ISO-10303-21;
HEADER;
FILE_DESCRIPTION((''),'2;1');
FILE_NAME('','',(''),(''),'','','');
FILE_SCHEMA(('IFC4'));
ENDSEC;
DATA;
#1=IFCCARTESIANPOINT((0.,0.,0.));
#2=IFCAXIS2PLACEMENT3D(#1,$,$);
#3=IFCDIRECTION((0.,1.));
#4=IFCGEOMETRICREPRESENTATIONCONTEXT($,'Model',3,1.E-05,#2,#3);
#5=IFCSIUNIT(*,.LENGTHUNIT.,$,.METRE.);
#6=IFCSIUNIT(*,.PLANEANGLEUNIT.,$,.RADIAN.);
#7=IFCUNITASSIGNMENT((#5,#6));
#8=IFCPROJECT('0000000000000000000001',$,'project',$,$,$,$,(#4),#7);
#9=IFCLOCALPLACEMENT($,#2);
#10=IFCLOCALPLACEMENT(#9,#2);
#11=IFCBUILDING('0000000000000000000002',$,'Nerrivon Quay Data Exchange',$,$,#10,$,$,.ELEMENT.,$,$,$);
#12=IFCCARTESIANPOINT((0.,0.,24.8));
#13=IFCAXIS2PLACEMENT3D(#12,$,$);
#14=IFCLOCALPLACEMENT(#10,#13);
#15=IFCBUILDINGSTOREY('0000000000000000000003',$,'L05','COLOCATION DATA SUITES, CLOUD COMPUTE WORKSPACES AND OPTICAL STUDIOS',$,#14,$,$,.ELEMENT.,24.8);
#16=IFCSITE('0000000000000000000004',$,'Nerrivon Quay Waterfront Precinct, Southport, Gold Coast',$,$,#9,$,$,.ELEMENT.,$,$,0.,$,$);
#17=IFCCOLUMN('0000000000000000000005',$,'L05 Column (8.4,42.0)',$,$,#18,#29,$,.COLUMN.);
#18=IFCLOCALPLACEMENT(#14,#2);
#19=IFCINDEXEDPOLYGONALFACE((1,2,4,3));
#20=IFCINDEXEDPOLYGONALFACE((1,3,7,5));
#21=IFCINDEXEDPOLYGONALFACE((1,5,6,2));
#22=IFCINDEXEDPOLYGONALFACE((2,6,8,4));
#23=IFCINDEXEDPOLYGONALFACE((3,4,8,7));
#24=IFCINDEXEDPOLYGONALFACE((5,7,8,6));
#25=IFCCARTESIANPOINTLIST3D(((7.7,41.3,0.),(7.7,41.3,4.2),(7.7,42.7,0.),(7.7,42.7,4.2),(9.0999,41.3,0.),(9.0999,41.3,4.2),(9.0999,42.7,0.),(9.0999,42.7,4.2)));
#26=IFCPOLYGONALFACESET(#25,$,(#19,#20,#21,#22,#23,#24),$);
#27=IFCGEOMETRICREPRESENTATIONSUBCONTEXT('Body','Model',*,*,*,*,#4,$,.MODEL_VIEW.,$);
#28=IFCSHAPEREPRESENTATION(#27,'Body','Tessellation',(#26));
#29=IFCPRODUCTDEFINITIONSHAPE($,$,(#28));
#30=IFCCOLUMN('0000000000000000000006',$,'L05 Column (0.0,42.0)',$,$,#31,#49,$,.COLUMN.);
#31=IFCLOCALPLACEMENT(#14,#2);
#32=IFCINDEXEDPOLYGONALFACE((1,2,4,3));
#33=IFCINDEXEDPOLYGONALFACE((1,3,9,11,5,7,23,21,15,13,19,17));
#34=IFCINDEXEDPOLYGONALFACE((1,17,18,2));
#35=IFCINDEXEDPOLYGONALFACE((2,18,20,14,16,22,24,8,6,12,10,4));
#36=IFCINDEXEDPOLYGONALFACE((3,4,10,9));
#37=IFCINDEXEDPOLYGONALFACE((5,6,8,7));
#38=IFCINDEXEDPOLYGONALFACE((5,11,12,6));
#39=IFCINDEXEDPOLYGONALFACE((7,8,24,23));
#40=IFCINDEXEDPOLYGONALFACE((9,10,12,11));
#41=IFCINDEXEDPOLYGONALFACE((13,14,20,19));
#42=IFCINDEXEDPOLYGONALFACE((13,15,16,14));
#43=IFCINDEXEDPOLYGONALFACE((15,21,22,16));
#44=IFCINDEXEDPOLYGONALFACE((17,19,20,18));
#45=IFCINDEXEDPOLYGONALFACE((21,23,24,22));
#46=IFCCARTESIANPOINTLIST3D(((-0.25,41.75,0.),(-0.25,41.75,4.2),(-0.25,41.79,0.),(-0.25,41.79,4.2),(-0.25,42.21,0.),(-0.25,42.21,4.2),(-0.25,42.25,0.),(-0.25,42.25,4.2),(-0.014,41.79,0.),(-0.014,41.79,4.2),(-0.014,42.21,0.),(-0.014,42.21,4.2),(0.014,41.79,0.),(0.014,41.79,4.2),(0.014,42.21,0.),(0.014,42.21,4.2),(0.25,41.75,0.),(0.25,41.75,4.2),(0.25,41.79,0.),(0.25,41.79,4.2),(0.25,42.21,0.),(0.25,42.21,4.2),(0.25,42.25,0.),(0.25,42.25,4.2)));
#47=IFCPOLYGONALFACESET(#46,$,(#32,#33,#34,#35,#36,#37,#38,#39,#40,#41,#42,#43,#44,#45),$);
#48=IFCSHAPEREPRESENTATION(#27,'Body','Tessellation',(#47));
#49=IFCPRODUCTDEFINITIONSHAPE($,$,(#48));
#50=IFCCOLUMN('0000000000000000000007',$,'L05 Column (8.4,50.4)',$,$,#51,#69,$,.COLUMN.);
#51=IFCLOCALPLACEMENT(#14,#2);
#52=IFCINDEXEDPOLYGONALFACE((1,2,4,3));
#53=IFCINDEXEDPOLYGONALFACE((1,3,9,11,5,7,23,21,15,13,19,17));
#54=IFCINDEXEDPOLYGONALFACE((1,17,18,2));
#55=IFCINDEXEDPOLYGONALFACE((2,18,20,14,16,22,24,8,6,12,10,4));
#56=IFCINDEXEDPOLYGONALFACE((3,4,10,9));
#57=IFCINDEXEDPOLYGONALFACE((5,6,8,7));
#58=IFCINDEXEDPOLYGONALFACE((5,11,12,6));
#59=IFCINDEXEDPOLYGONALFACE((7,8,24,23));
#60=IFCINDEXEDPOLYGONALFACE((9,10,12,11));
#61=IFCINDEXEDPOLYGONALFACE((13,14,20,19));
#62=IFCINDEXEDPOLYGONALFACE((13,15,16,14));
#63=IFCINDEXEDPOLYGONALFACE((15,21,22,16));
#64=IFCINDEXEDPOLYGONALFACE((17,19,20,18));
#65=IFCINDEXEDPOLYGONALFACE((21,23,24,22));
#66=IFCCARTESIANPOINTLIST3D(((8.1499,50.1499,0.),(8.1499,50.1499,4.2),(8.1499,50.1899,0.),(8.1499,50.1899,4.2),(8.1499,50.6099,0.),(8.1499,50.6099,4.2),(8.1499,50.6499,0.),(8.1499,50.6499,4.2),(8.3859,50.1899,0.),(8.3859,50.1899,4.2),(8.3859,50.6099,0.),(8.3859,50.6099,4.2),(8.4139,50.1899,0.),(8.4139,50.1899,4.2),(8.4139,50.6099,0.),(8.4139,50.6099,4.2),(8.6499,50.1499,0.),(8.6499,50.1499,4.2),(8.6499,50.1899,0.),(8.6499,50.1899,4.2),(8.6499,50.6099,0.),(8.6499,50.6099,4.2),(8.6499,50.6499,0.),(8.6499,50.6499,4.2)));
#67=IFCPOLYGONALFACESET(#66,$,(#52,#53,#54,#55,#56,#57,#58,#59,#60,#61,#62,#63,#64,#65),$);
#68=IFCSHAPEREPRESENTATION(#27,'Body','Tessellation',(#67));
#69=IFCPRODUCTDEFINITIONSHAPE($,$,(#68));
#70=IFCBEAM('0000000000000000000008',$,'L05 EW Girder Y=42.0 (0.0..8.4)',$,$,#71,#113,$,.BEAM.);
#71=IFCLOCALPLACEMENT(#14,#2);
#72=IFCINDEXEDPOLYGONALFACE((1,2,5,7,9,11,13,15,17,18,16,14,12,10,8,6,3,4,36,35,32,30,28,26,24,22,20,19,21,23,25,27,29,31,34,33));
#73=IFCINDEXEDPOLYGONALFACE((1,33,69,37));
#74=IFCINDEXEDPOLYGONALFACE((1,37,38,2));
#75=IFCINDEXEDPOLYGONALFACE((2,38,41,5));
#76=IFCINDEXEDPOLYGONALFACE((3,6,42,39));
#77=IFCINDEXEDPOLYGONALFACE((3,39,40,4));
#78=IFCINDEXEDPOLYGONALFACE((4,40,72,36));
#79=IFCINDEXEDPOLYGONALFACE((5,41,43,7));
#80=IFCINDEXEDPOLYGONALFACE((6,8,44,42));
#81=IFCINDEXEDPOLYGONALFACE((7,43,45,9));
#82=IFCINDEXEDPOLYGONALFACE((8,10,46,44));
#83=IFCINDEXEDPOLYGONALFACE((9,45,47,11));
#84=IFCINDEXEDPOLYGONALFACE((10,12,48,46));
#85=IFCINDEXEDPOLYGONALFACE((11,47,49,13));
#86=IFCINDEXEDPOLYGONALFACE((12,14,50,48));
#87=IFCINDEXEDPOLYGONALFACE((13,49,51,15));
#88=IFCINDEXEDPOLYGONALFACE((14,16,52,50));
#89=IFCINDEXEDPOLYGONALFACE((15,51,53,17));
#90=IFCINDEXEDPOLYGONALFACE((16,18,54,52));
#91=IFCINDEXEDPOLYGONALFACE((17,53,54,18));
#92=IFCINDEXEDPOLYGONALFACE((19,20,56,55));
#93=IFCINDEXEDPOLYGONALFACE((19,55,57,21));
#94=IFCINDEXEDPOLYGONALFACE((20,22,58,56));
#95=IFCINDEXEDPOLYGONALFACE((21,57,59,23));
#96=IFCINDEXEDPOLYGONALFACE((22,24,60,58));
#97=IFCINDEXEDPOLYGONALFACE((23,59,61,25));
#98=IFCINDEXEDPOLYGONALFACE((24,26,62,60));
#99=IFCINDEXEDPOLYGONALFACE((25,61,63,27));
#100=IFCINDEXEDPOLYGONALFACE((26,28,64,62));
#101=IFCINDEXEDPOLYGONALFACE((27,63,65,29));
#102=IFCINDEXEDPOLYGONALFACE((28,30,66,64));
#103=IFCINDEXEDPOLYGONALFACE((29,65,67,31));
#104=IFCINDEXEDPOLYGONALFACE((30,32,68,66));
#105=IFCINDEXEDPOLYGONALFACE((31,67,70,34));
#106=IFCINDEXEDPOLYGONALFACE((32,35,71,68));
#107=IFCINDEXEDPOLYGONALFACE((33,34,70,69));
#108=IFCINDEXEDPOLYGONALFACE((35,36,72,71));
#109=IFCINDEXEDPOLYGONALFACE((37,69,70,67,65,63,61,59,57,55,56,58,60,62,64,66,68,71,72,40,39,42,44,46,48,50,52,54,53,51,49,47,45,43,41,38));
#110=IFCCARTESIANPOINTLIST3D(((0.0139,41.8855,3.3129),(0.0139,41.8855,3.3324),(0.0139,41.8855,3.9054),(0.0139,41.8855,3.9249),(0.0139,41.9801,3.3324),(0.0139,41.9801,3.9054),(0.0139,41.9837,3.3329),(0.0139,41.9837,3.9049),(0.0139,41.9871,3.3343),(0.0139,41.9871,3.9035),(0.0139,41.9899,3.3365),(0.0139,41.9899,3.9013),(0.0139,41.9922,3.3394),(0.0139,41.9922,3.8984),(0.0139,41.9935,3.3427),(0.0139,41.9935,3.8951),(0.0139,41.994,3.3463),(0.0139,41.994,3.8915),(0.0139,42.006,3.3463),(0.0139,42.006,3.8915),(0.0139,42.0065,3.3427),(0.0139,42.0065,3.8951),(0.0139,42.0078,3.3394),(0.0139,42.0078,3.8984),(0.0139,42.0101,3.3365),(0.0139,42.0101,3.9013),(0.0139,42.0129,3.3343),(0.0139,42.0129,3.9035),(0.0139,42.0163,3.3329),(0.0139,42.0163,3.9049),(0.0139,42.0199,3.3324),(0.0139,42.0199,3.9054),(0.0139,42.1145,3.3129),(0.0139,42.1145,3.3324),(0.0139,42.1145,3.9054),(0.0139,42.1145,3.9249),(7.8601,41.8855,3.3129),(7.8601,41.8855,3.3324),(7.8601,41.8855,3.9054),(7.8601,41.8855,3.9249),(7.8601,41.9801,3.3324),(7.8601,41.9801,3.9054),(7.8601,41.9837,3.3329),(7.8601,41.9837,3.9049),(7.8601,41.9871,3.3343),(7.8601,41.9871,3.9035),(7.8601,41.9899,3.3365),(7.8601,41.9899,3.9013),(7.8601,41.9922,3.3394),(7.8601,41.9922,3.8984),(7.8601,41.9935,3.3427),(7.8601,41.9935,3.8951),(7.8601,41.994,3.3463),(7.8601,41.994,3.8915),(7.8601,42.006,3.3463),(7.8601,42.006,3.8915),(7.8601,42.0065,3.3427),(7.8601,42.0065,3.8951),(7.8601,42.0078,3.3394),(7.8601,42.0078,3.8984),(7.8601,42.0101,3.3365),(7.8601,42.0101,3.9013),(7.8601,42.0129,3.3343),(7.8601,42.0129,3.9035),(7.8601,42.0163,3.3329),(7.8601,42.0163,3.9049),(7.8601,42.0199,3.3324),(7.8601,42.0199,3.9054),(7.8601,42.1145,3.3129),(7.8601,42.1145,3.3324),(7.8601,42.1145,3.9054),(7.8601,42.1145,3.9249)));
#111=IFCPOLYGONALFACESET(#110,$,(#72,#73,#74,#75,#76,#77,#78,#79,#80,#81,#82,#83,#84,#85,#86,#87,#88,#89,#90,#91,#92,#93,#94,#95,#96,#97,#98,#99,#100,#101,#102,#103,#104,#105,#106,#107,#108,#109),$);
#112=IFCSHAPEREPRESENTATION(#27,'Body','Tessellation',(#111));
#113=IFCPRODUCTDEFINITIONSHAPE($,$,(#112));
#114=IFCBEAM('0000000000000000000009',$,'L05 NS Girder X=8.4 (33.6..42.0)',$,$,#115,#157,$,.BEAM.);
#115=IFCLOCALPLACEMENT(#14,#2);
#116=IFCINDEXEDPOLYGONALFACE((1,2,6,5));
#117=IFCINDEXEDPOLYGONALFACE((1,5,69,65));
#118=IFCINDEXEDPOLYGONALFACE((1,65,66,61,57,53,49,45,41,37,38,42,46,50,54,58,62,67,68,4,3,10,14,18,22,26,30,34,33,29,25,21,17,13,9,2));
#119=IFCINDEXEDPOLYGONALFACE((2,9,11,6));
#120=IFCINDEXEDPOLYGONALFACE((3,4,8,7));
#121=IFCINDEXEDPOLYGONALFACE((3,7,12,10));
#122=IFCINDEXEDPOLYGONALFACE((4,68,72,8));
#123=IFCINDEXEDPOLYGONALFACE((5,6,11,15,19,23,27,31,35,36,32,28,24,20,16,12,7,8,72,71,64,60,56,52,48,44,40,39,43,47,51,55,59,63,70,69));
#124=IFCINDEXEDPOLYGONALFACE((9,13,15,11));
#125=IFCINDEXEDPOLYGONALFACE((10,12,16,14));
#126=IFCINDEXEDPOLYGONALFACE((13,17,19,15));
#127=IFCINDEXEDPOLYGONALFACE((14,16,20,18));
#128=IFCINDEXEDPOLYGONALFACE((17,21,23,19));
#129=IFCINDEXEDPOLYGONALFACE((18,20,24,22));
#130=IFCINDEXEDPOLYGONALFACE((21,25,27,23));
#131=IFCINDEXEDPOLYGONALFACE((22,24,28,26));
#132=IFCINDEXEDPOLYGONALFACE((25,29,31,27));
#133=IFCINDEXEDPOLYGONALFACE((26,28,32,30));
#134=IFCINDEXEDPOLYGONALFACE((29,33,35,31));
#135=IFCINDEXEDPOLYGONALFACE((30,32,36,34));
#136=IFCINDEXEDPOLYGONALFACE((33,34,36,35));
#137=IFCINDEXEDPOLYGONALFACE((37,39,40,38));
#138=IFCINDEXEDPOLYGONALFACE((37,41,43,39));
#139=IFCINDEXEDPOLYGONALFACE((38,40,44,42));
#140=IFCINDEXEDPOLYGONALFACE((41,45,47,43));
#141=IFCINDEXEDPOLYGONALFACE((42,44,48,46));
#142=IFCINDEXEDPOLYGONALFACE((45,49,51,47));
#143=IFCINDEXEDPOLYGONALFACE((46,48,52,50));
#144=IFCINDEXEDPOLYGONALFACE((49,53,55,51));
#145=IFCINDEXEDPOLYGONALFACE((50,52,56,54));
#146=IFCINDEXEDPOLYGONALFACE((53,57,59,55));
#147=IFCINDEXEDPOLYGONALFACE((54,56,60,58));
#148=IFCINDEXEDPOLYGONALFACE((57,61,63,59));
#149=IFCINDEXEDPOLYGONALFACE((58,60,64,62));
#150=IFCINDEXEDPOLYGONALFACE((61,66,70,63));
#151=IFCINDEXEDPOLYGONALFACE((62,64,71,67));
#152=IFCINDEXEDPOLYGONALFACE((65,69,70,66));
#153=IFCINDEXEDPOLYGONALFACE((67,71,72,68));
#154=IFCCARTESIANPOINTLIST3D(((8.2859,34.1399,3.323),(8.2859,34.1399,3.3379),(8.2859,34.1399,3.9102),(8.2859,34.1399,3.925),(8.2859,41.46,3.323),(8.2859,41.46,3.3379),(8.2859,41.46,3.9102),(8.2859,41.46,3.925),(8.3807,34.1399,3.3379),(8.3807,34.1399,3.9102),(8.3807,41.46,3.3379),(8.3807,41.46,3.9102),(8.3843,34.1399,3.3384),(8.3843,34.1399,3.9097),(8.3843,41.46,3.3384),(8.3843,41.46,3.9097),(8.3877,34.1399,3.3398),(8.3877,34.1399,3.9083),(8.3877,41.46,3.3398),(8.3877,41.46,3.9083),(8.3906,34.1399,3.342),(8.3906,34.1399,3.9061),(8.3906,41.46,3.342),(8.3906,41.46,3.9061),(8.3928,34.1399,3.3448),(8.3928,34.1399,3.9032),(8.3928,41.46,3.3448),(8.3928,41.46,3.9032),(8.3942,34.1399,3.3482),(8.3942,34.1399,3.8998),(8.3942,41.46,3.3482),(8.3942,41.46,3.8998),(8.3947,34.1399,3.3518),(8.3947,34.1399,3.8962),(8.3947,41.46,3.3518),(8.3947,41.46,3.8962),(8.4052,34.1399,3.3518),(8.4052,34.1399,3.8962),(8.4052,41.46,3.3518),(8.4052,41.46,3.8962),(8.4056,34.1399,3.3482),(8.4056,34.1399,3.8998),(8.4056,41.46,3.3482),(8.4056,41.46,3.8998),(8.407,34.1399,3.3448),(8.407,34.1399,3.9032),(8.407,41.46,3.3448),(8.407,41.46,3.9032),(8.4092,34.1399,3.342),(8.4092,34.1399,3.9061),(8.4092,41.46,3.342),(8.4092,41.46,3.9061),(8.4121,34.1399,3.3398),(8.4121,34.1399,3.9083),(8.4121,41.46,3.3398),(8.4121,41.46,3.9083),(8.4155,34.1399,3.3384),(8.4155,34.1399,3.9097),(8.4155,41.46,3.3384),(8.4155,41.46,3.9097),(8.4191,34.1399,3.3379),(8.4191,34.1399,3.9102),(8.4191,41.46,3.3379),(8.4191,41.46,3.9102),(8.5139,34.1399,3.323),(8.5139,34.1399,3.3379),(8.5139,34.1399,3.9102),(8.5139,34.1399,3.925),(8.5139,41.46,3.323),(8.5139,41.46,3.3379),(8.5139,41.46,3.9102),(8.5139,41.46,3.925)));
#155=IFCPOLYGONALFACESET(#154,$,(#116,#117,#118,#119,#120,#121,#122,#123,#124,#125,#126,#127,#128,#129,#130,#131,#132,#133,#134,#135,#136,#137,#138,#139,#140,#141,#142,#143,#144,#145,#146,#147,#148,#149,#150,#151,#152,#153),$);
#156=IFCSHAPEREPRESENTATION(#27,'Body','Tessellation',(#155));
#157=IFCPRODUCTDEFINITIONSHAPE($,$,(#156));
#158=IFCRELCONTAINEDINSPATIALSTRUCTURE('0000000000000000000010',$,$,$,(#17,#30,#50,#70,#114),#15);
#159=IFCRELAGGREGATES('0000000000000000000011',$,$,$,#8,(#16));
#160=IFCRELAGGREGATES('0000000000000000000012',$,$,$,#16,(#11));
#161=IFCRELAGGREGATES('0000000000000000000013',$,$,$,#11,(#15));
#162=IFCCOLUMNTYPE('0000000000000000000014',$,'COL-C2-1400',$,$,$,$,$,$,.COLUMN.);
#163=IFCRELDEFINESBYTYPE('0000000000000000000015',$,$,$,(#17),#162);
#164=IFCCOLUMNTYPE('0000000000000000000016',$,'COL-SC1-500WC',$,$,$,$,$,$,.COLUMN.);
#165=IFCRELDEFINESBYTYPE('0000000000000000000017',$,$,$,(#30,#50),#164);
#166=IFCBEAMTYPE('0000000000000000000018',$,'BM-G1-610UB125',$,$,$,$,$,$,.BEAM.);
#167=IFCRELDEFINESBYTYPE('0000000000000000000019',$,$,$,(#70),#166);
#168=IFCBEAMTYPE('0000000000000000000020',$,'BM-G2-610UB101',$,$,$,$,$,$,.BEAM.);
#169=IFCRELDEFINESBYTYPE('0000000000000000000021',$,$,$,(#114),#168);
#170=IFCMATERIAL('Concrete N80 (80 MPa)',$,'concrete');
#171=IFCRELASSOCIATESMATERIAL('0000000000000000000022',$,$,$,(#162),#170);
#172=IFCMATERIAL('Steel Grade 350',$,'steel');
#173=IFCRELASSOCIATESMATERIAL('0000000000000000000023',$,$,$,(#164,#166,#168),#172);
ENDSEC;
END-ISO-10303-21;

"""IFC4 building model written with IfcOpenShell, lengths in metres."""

from ifc_helpers import new_model, si_unit, direction, frame, origin, origin_2d, place, context, subcontext, project, spatial, rectangle, i_section, extrude, material, material_profile, profile_set, type_object, element, save


model = new_model("IFC4")

# Units and contexts
model_context = context("Model", 3, precision=1e-05, world=origin(), true_north=direction((0.0, 1.0)))
body_context = subcontext(model_context, "Body", "Model", "MODEL_VIEW")
ifc_project = project(units=[si_unit("LENGTHUNIT", "METRE"), si_unit("PLANEANGLEUNIT", "RADIAN")], contexts=[model_context])

# Site, building, storey
site_placement = place(None, origin())
site = spatial("IfcSite", under=ifc_project, at=site_placement, Name="Nerrivon Quay Waterfront Precinct, Southport, Gold Coast", CompositionType="ELEMENT", RefElevation=0.0)
building_placement = place(site_placement, origin())
building = spatial("IfcBuilding", under=site, at=building_placement, Name="Nerrivon Quay Data Exchange", CompositionType="ELEMENT")
storey_placement = place(building_placement, frame((0.0, 0.0, 24.8)))
storey = spatial("IfcBuildingStorey", under=building, at=storey_placement, Name="L05", Description="COLOCATION DATA SUITES, CLOUD COMPUTE WORKSPACES AND OPTICAL STUDIOS", CompositionType="ELEMENT", Elevation=24.8)

# Columns
ifc_material_1 = material(Name="Concrete N80 (80 MPa)", Category="concrete")
ifc_material_profile_1 = material_profile(ifc_material_1, rectangle(XDim=1.3999, YDim=1.3999, at=origin_2d()), Name="RC-COL-1400x1400")
ifc_profile_set_1 = profile_set([ifc_material_profile_1], Name="Concrete N80 (80 MPa)")
column_type_1 = type_object("IfcColumnType", Name="COL-C2-1400", PredefinedType="COLUMN", material=ifc_profile_set_1)
column_placement = place(storey_placement, frame((8.3999, 42.0, 0.0), z_axis=(0.0, 0.0, 1.0), x_axis=(1.0, 0.0, 0.0)))
element("IfcColumn", 1, at=column_placement, inside=storey, type_object=column_type_1, Name="L05 Column (8.4,42.0)", PredefinedType="COLUMN", context=body_context, shape_type="SweptSolid", body=[
    extrude(rectangle(XDim=1.3999, YDim=1.3999, at=origin_2d()), origin(), (0.0, 0.0, 1.0), 4.2),
])
ifc_material_2 = material(Name="Steel Grade 350", Category="steel")
ifc_material_profile_2 = material_profile(ifc_material_2, i_section(OverallWidth=0.5, OverallDepth=0.5, WebThickness=0.0281, FlangeThickness=0.04, at=origin_2d()), Name="500WC440")
ifc_profile_set_2 = profile_set([ifc_material_profile_2], Name="Steel Grade 350")
column_type_2 = type_object("IfcColumnType", Name="COL-SC1-500WC", PredefinedType="COLUMN", material=ifc_profile_set_2)
for number, where, z_axis, x_axis, name in (
    (2, (0.0, 42.0, 0.0), (0.0, 0.0, 1.0), (1.0, 0.0, 0.0), "L05 Column (0.0,42.0)"),
    (3, (8.3999, 50.3999, 0.0), (0.0, 0.0, 1.0), (1.0, 0.0, 0.0), "L05 Column (8.4,50.4)"),
):
    element("IfcColumn", number, at=place(storey_placement, frame(where, z_axis=z_axis, x_axis=x_axis)), inside=storey, type_object=column_type_2, Name=name, PredefinedType="COLUMN", context=body_context, shape_type="SweptSolid", body=[
        extrude(i_section(OverallWidth=0.5, OverallDepth=0.5, WebThickness=0.0281, FlangeThickness=0.04, at=origin_2d()), origin(), (0.0, 0.0, 1.0), 4.2),
    ])

# Beams
ifc_material_profile_3 = material_profile(ifc_material_2, i_section(OverallWidth=0.229, OverallDepth=0.6121, WebThickness=0.012, FlangeThickness=0.0195, FilletRadius=0.0139, at=origin_2d()), Name="610UB125")
ifc_profile_set_3 = profile_set([ifc_material_profile_3], Name="Steel Grade 350")
beam_type_1 = type_object("IfcBeamType", Name="BM-G1-610UB125", PredefinedType="BEAM", material=ifc_profile_set_3)
beam_1_placement = place(storey_placement, frame((0.0139, 42.0, 3.6189), z_axis=(1.0, 0.0, 0.0), x_axis=(0.0, 1.0, 0.0)))
element("IfcBeam", 4, at=beam_1_placement, inside=storey, type_object=beam_type_1, Name="L05 EW Girder Y=42.0 (0.0..8.4)", PredefinedType="BEAM", context=body_context, shape_type="SweptSolid", body=[
    extrude(i_section(OverallWidth=0.229, OverallDepth=0.6121, WebThickness=0.012, FlangeThickness=0.0195, FilletRadius=0.0139, at=origin_2d()), origin(), (0.0, 0.0, 1.0), 7.8462),
])
ifc_material_profile_4 = material_profile(ifc_material_2, i_section(OverallWidth=0.228, OverallDepth=0.6021, WebThickness=0.0105, FlangeThickness=0.0149, FilletRadius=0.0139, at=origin_2d()), Name="610UB101")
ifc_profile_set_4 = profile_set([ifc_material_profile_4], Name="Steel Grade 350")
beam_type_2 = type_object("IfcBeamType", Name="BM-G2-610UB101", PredefinedType="BEAM", material=ifc_profile_set_4)
beam_2_placement = place(storey_placement, frame((8.3999, 34.1399, 3.624), z_axis=(0.0, 1.0, 0.0), x_axis=(-1.0, 0.0, 0.0)))
element("IfcBeam", 5, at=beam_2_placement, inside=storey, type_object=beam_type_2, Name="L05 NS Girder X=8.4 (33.6..42.0)", PredefinedType="BEAM", context=body_context, shape_type="SweptSolid", body=[
    extrude(i_section(OverallWidth=0.228, OverallDepth=0.6021, WebThickness=0.0105, FlangeThickness=0.0149, FilletRadius=0.0139, at=origin_2d()), origin(), (0.0, 0.0, 1.0), 7.3201),
])

save(model, "model.ifc")
